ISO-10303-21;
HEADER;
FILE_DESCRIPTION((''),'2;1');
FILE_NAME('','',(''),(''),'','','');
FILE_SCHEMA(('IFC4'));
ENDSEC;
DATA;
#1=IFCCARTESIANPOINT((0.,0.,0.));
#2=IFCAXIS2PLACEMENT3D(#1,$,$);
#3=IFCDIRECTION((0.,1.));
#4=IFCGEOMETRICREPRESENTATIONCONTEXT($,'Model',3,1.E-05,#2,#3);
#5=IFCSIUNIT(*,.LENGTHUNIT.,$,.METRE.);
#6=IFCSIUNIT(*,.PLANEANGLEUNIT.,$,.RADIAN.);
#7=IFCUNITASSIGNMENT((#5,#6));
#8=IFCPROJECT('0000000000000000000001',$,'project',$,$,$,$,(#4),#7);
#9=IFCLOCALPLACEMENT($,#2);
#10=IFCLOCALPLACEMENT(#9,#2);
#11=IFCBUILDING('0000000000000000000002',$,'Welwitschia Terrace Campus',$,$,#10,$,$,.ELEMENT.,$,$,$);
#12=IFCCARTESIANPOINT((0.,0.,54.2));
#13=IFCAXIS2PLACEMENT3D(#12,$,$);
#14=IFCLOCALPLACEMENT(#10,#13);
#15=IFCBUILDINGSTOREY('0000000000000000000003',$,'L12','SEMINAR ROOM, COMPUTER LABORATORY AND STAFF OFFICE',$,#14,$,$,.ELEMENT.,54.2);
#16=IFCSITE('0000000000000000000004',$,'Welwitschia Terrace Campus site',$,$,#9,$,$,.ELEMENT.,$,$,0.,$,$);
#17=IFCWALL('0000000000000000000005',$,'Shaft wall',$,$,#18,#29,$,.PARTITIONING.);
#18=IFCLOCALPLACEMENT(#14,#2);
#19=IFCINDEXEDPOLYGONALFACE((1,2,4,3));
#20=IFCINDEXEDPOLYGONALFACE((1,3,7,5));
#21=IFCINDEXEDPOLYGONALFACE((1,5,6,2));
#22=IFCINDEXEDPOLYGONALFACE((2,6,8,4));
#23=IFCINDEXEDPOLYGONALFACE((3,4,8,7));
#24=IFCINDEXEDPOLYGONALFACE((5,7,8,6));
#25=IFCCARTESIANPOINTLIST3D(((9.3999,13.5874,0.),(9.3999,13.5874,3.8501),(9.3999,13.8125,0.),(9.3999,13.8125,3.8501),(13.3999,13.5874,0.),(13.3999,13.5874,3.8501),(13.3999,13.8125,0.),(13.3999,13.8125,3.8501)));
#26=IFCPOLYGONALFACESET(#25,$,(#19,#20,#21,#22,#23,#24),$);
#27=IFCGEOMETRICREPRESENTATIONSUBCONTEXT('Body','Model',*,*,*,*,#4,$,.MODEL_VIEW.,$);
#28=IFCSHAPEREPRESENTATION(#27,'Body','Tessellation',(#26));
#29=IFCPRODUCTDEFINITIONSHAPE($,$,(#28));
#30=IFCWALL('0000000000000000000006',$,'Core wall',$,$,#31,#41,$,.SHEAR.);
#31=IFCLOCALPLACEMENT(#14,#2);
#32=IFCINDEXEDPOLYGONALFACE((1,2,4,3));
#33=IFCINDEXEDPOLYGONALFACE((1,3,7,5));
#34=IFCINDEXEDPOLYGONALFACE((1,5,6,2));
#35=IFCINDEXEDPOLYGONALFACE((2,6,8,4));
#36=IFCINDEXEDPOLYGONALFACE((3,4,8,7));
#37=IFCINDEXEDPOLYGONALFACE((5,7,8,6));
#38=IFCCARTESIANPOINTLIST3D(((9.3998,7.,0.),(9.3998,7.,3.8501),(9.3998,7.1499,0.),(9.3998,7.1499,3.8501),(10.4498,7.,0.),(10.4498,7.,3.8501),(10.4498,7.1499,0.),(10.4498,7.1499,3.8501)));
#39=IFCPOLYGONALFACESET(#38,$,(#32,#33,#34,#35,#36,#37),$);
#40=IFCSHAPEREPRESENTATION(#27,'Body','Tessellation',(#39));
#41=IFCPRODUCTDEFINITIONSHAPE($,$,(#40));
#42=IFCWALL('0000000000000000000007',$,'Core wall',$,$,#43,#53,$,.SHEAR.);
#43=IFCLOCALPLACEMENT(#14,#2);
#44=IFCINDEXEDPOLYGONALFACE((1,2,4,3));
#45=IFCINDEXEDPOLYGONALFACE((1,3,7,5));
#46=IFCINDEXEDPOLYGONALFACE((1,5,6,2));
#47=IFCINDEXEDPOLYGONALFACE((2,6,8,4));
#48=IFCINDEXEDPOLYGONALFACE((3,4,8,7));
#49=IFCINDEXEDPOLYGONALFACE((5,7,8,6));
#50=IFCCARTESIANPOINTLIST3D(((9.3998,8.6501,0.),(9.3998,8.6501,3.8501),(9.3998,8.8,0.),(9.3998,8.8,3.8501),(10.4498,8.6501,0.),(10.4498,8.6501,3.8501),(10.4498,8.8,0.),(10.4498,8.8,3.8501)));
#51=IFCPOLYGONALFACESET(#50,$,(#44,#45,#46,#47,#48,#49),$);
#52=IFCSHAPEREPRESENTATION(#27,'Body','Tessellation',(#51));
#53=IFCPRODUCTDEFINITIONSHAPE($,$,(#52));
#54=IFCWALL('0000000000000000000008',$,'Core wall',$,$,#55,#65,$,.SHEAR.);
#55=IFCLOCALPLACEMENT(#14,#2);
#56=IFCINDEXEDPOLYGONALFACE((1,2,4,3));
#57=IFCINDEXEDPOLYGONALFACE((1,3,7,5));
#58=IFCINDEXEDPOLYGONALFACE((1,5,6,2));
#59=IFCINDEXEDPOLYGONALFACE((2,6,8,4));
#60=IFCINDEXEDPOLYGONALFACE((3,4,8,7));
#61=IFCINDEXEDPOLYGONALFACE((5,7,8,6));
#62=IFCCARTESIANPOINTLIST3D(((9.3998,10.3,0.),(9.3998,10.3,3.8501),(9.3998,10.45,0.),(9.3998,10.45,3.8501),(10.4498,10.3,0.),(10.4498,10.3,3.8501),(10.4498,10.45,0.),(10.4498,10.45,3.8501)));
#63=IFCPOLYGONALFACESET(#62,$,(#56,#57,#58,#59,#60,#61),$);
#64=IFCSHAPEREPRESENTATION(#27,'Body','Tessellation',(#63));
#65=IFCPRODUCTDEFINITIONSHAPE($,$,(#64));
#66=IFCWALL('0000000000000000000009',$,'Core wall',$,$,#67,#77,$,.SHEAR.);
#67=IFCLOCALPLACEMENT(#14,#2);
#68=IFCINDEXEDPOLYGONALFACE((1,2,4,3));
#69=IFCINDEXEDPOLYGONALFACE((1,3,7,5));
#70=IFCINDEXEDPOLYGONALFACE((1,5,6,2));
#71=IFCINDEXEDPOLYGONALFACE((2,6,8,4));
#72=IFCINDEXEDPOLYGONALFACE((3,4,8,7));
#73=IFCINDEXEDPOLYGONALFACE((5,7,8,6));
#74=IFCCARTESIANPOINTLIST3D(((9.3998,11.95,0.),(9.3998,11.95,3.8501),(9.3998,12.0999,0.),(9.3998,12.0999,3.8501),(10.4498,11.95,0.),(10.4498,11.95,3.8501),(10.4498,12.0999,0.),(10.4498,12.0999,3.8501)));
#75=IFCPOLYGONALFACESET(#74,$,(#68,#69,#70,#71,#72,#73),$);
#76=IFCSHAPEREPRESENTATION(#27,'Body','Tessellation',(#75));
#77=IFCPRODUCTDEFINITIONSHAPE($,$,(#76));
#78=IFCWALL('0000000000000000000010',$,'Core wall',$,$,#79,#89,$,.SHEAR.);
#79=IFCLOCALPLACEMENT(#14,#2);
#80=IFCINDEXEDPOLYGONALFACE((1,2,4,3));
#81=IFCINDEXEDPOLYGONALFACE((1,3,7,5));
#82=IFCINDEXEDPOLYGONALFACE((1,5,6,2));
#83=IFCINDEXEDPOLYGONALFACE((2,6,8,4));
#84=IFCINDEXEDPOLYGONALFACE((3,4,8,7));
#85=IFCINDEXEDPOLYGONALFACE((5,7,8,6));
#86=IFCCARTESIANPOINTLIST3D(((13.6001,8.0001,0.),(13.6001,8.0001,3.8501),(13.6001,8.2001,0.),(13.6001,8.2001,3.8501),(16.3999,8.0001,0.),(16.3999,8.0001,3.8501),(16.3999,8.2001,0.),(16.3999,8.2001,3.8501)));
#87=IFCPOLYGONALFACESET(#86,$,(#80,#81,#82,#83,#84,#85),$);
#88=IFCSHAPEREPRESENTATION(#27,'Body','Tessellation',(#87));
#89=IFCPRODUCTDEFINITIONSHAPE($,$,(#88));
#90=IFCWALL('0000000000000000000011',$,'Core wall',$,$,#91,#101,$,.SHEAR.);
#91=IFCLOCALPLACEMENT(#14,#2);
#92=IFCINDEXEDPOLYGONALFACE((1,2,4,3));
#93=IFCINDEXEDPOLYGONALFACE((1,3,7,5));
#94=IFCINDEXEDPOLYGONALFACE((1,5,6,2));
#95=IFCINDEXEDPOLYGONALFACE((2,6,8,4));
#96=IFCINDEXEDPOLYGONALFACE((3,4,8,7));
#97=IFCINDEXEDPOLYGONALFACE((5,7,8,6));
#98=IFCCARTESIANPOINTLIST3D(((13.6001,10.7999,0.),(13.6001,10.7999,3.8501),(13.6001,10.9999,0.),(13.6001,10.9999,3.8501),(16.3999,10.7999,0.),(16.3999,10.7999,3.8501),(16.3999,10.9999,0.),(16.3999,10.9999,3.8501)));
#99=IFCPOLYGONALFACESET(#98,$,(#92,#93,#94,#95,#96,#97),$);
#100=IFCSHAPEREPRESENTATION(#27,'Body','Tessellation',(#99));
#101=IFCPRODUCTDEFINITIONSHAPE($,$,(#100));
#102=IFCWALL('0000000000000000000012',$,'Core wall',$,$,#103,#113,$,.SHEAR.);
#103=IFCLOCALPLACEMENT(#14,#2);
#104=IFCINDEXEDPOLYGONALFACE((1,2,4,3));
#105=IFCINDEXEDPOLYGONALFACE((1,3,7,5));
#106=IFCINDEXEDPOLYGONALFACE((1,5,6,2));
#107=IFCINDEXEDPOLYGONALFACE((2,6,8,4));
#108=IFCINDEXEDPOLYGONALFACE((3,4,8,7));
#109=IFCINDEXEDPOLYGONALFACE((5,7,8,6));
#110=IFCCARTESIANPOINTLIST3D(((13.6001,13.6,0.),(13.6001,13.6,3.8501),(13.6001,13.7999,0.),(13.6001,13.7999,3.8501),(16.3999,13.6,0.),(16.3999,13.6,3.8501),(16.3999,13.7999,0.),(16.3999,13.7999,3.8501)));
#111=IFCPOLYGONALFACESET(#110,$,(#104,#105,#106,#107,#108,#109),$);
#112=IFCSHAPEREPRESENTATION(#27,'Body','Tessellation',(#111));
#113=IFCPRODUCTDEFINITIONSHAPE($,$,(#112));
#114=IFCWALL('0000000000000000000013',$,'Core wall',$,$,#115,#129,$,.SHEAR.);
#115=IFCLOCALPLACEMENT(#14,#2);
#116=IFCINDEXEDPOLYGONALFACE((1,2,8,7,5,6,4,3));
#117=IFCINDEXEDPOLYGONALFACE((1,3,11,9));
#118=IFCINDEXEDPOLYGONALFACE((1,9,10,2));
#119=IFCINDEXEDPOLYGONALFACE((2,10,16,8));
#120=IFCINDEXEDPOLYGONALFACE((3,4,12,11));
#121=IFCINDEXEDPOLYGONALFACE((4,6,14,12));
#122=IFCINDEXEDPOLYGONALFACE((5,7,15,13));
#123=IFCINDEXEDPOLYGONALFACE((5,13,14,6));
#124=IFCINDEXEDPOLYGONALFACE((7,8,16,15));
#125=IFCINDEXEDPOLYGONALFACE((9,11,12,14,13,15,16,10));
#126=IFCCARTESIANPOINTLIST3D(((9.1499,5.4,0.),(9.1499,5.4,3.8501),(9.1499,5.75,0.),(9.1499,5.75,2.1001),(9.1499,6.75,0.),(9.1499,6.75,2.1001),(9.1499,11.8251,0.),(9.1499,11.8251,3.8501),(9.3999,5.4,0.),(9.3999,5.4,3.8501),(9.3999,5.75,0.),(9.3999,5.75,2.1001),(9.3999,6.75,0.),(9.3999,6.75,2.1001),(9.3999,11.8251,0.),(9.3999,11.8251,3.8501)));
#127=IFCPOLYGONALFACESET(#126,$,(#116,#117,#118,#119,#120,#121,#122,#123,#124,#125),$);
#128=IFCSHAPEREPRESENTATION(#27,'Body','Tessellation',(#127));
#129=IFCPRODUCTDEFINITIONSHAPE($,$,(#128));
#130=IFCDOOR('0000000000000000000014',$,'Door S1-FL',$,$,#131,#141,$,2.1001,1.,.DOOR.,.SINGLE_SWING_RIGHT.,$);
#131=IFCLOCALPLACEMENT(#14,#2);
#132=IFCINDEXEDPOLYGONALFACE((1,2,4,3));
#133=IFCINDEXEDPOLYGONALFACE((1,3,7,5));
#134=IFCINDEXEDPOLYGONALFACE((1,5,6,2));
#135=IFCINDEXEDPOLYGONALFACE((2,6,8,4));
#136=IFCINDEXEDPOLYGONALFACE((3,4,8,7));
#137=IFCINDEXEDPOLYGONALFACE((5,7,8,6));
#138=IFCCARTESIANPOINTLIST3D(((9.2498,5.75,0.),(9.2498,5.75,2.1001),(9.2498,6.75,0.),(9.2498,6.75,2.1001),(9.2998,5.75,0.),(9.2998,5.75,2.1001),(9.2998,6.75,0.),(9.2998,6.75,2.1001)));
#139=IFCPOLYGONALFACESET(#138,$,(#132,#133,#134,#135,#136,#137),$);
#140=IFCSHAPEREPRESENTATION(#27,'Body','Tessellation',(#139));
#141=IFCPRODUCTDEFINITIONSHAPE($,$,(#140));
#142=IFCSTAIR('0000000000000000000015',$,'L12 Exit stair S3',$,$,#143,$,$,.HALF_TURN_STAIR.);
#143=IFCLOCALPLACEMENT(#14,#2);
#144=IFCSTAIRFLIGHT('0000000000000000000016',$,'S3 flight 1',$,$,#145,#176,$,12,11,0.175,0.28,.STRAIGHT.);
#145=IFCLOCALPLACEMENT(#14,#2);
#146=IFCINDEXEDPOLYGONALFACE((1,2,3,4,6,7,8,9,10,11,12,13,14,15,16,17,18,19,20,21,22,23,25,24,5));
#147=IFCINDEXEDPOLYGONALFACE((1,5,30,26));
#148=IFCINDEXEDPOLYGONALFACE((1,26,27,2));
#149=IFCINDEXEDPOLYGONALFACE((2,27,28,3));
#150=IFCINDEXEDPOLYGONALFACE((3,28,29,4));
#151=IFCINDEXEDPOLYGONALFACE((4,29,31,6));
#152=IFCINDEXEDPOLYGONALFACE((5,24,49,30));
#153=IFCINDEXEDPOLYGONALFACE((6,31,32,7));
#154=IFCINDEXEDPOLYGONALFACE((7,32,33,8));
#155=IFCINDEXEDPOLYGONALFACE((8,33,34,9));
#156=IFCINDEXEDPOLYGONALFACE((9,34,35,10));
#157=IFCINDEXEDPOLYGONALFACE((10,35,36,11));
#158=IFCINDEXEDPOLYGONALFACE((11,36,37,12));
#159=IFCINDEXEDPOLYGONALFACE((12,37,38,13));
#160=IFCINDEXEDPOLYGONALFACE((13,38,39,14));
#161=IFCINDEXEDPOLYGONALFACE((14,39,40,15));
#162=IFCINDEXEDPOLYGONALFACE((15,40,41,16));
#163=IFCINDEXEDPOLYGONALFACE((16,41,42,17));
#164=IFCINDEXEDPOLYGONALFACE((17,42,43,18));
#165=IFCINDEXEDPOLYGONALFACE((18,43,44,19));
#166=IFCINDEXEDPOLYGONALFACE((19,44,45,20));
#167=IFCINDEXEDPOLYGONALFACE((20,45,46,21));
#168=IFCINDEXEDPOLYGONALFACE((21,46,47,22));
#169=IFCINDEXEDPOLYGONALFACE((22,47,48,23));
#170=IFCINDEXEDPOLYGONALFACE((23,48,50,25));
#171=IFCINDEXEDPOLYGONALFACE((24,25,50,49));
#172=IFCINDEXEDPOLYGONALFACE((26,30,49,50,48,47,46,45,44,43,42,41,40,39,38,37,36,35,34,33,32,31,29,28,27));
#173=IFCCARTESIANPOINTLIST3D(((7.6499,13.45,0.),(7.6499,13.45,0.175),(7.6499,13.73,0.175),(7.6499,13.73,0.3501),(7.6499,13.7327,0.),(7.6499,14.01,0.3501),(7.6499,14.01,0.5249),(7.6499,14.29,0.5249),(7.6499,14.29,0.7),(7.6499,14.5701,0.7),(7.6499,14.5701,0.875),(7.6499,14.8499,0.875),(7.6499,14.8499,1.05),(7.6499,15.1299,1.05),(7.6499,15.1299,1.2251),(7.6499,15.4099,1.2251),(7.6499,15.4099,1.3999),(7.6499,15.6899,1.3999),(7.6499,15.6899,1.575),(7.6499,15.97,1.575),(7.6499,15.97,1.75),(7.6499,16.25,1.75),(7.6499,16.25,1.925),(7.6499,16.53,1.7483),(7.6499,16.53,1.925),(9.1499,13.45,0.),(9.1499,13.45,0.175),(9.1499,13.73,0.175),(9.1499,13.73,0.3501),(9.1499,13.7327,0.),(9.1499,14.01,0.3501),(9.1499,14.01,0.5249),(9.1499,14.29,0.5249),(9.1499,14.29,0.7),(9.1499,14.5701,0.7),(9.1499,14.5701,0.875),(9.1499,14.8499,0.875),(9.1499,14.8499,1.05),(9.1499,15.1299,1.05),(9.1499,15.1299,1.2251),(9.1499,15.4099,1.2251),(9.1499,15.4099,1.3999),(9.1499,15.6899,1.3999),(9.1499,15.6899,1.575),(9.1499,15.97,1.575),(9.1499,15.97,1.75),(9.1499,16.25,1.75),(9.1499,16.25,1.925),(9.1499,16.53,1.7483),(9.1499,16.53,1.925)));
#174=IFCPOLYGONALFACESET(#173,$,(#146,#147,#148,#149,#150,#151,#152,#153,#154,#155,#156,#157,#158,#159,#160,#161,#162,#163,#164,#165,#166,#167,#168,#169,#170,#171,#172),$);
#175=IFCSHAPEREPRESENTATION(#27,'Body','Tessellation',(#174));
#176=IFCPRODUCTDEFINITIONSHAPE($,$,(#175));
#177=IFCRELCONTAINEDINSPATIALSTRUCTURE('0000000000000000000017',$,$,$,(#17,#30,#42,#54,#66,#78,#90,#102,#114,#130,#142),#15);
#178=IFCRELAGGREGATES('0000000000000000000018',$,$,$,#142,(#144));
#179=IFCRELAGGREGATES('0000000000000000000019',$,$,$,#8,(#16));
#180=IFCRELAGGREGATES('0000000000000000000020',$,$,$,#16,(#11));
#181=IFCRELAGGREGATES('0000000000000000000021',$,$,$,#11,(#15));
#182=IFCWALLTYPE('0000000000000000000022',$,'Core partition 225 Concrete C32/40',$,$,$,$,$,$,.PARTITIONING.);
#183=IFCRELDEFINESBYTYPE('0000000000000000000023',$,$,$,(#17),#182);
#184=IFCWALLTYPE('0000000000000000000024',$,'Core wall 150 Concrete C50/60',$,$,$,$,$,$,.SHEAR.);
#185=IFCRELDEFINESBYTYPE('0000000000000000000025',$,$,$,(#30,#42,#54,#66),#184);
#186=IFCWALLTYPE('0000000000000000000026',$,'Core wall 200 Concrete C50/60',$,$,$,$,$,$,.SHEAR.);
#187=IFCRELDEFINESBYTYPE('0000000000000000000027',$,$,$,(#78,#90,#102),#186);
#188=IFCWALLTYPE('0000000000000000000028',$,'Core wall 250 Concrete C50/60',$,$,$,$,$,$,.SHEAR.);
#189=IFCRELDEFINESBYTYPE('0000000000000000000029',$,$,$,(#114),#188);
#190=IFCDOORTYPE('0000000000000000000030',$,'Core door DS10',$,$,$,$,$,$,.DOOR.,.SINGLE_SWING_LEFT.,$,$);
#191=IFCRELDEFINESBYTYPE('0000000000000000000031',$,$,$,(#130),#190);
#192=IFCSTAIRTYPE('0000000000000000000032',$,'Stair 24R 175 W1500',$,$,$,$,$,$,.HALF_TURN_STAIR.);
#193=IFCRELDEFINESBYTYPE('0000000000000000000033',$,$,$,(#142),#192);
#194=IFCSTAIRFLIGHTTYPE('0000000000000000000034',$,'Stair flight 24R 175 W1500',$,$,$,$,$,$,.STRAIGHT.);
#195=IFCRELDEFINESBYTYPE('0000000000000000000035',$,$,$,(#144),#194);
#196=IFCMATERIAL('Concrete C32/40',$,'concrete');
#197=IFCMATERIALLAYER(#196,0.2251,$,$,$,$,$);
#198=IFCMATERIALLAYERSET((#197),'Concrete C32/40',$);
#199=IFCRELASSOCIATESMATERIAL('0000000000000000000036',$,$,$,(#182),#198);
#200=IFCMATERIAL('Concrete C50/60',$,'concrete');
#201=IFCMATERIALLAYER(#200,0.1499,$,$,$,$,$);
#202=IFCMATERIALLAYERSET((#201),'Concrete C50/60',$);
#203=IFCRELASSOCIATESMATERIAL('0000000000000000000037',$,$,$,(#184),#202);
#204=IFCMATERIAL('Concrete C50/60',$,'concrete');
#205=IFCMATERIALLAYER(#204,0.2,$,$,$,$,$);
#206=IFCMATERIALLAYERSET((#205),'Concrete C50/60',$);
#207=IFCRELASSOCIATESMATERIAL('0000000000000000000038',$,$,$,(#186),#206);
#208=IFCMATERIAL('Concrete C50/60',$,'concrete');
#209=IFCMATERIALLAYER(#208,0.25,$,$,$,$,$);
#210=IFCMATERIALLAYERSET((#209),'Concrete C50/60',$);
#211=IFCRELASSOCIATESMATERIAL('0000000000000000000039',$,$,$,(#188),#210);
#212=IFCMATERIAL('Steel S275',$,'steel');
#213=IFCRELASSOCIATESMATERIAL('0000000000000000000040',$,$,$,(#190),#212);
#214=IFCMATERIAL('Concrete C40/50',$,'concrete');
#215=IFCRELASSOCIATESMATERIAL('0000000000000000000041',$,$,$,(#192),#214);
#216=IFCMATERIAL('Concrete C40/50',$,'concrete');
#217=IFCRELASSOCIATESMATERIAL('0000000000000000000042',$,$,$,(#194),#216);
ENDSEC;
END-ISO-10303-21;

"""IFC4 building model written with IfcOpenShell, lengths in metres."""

from ifc_helpers import new_model, si_unit, direction, frame, frame_2d, origin, place, context, subcontext, project, spatial, polyline, rectangle, outline, extrude, material, layer, layer_set, type_object, element, fill, aggregate, save


model = new_model("IFC4")

# Units and contexts
model_context = context("Model", 3, precision=1e-05, world=origin(), true_north=direction((0.0, 1.0)))
body_context = subcontext(model_context, "Body", "Model", "MODEL_VIEW")
ifc_project = project(units=[si_unit("LENGTHUNIT", "METRE"), si_unit("PLANEANGLEUNIT", "RADIAN")], contexts=[model_context])

# Site, building, storey
site_placement = place(None, origin())
site = spatial("IfcSite", under=ifc_project, at=site_placement, Name="Welwitschia Terrace Campus site", CompositionType="ELEMENT", RefElevation=0.0)
building_placement = place(site_placement, origin())
building = spatial("IfcBuilding", under=site, at=building_placement, Name="Welwitschia Terrace Campus", CompositionType="ELEMENT")
storey_placement = place(building_placement, frame((0.0, 0.0, 54.2)))
storey = spatial("IfcBuildingStorey", under=building, at=storey_placement, Name="L12", Description="SEMINAR ROOM, COMPUTER LABORATORY AND STAFF OFFICE", CompositionType="ELEMENT", Elevation=54.2)

# Walls
ifc_material_1 = material(Name="Concrete C32/40", Category="concrete")
ifc_layer_1 = layer(ifc_material_1, 0.2251)
ifc_layer_set_1 = layer_set([ifc_layer_1], Name="Concrete C32/40")
wall_type_1 = type_object("IfcWallType", Name="Core partition 225 Concrete C32/40", PredefinedType="PARTITIONING", material=ifc_layer_set_1)
wall_1_placement = place(storey_placement, frame((9.3999, 13.7, 0.0), z_axis=(0.0, 0.0, 1.0), x_axis=(1.0, 0.0, 0.0)))
element("IfcWall", 1, at=wall_1_placement, inside=storey, type_object=wall_type_1, Name="Shaft wall", PredefinedType="PARTITIONING", context=body_context, shape_type="SweptSolid", body=[
    extrude(rectangle(XDim=4.0, YDim=0.2251, at=frame_2d((2.0, 0.0))), origin(), (0.0, 0.0, 1.0), 3.8501),
])
ifc_material_2 = material(Name="Concrete C50/60", Category="concrete")
ifc_layer_2 = layer(ifc_material_2, 0.1499)
ifc_layer_set_2 = layer_set([ifc_layer_2], Name="Concrete C50/60")
wall_type_2 = type_object("IfcWallType", Name="Core wall 150 Concrete C50/60", PredefinedType="SHEAR", material=ifc_layer_set_2)
for number, where, z_axis, x_axis, name in (
    (2, (9.3999, 7.075, 0.0), (0.0, 0.0, 1.0), (1.0, 0.0, 0.0), "Core wall"),
    (3, (9.3999, 8.7251, 0.0), (0.0, 0.0, 1.0), (1.0, 0.0, 0.0), "Core wall"),
    (4, (9.3999, 10.375, 0.0), (0.0, 0.0, 1.0), (1.0, 0.0, 0.0), "Core wall"),
    (5, (9.3999, 12.0249, 0.0), (0.0, 0.0, 1.0), (1.0, 0.0, 0.0), "Core wall"),
):
    element("IfcWall", number, at=place(storey_placement, frame(where, z_axis=z_axis, x_axis=x_axis)), inside=storey, type_object=wall_type_2, Name=name, PredefinedType="SHEAR", context=body_context, shape_type="SweptSolid", body=[
        extrude(rectangle(XDim=1.05, YDim=0.1499, at=frame_2d((0.5249, 0.0))), origin(), (0.0, 0.0, 1.0), 3.8501),
    ])
ifc_material_3 = material(Name="Concrete C50/60", Category="concrete")
ifc_layer_3 = layer(ifc_material_3, 0.2)
ifc_layer_set_3 = layer_set([ifc_layer_3], Name="Concrete C50/60")
wall_type_3 = type_object("IfcWallType", Name="Core wall 200 Concrete C50/60", PredefinedType="SHEAR", material=ifc_layer_set_3)
for number, where, z_axis, x_axis, name in (
    (6, (13.6001, 8.1001, 0.0), (0.0, 0.0, 1.0), (1.0, 0.0, 0.0), "Core wall"),
    (7, (13.6001, 10.8999, 0.0), (0.0, 0.0, 1.0), (1.0, 0.0, 0.0), "Core wall"),
    (8, (13.6001, 13.7, 0.0), (0.0, 0.0, 1.0), (1.0, 0.0, 0.0), "Core wall"),
):
    element("IfcWall", number, at=place(storey_placement, frame(where, z_axis=z_axis, x_axis=x_axis)), inside=storey, type_object=wall_type_3, Name=name, PredefinedType="SHEAR", context=body_context, shape_type="SweptSolid", body=[
        extrude(rectangle(XDim=2.7998, YDim=0.2, at=frame_2d((1.3999, 0.0))), origin(), (0.0, 0.0, 1.0), 3.8501),
    ])

# Wall, opening, door
ifc_material_4 = material(Name="Concrete C50/60", Category="concrete")
ifc_layer_4 = layer(ifc_material_4, 0.25)
ifc_layer_set_4 = layer_set([ifc_layer_4], Name="Concrete C50/60")
wall_type_4 = type_object("IfcWallType", Name="Core wall 250 Concrete C50/60", PredefinedType="SHEAR", material=ifc_layer_set_4)
wall_2_placement = place(storey_placement, frame((9.2749, 11.825, 0.0), z_axis=(0.0, 0.0, 1.0), x_axis=(0.0, -1.0, 0.0)))
wall_2 = element("IfcWall", 9, at=wall_2_placement, inside=storey, type_object=wall_type_4, Name="Core wall", PredefinedType="SHEAR", context=body_context, shape_type="SweptSolid", body=[
    extrude(rectangle(XDim=6.425, YDim=0.25, at=frame_2d((3.2124, 0.0))), origin(), (0.0, 0.0, 1.0), 3.8501),
])
opening_placement = place(wall_2_placement, frame((5.075, 0.0, 0.0)))
opening = element("IfcOpeningElement", 10, at=opening_placement, cuts=wall_2, PredefinedType="OPENING", context=body_context, shape_type="SweptSolid", body=[
    extrude(rectangle(XDim=1.0, YDim=2.1001, at=frame_2d((0.5, 1.05))), frame((0.0, 0.135, 0.0), z_axis=(0.0, -1.0, 0.0), x_axis=(1.0, 0.0, 0.0)), (0.0, 0.0, 1.0), 0.27),
])
ifc_material_5 = material(Name="Steel S275", Category="steel")
door_type = type_object("IfcDoorType", Name="Core door DS10", OperationType="SINGLE_SWING_LEFT", PredefinedType="DOOR", material=ifc_material_5)
door_placement = place(opening_placement, origin())
door = element("IfcDoor", 11, at=door_placement, inside=storey, type_object=door_type, Name="Door S1-FL", OperationType="SINGLE_SWING_RIGHT", OverallHeight=2.1001, OverallWidth=1.0, PredefinedType="DOOR", context=body_context, shape_type="SweptSolid", body=[
    extrude(rectangle(XDim=1.0, YDim=2.1001, at=frame_2d((0.5, 1.05))), frame((0.0, 0.0249, 0.0), z_axis=(0.0, -1.0, 0.0), x_axis=(1.0, 0.0, 0.0)), (0.0, 0.0, 1.0), 0.05),
])
fill(opening, door)

# Stair, stair flight
ifc_material_6 = material(Name="Concrete C40/50", Category="concrete")
stair_type = type_object("IfcStairType", Name="Stair 24R 175 W1500", PredefinedType="HALF_TURN_STAIR", material=ifc_material_6)
stair_placement = place(storey_placement, origin())
stair = element("IfcStair", 12, at=stair_placement, inside=storey, type_object=stair_type, Name="L12 Exit stair S3", PredefinedType="HALF_TURN_STAIR")
ifc_material_7 = material(Name="Concrete C40/50", Category="concrete")
stair_flight_type = type_object("IfcStairFlightType", Name="Stair flight 24R 175 W1500", PredefinedType="STRAIGHT", material=ifc_material_7)
stair_flight_placement = place(storey_placement, frame((8.3999, 13.45, 0.0), z_axis=(0.0, 0.0, 1.0), x_axis=(0.0, 1.0, 0.0)))
stair_flight = element("IfcStairFlight", 13, at=stair_flight_placement, type_object=stair_flight_type, Name="S3 flight 1", NumberOfRisers=12, NumberOfTreads=11, PredefinedType="STRAIGHT", RiserHeight=0.175, TreadLength=0.28, context=body_context, shape_type="SweptSolid", body=[
    extrude(outline(polyline([(0.0, 0.0), (0.0, 0.175), (0.28, 0.175), (0.28, 0.3501), (0.5601, 0.3501), (0.5601, 0.5249), (0.8401, 0.5249), (0.8401, 0.7), (1.1201, 0.7), (1.1201, 0.875), (1.3999, 0.875), (1.3999, 1.05), (1.6799, 1.05), (1.6799, 1.2251), (1.96, 1.2251), (1.96, 1.3999), (2.24, 1.3999), (2.24, 1.575), (2.52, 1.575), (2.52, 1.75), (2.8, 1.75), (2.8, 1.925), (3.0801, 1.925), (3.0801, 2.1001), (3.0801, 1.7483), (0.2827, 0.0), (0.0, 0.0)])), frame((0.0, 0.75, 0.0), z_axis=(0.0, -1.0, 0.0), x_axis=(1.0, 0.0, 0.0)), (0.0, 0.0, 1.0), 1.5),
])
aggregate(stair, [stair_flight])

save(model, "model.ifc")
